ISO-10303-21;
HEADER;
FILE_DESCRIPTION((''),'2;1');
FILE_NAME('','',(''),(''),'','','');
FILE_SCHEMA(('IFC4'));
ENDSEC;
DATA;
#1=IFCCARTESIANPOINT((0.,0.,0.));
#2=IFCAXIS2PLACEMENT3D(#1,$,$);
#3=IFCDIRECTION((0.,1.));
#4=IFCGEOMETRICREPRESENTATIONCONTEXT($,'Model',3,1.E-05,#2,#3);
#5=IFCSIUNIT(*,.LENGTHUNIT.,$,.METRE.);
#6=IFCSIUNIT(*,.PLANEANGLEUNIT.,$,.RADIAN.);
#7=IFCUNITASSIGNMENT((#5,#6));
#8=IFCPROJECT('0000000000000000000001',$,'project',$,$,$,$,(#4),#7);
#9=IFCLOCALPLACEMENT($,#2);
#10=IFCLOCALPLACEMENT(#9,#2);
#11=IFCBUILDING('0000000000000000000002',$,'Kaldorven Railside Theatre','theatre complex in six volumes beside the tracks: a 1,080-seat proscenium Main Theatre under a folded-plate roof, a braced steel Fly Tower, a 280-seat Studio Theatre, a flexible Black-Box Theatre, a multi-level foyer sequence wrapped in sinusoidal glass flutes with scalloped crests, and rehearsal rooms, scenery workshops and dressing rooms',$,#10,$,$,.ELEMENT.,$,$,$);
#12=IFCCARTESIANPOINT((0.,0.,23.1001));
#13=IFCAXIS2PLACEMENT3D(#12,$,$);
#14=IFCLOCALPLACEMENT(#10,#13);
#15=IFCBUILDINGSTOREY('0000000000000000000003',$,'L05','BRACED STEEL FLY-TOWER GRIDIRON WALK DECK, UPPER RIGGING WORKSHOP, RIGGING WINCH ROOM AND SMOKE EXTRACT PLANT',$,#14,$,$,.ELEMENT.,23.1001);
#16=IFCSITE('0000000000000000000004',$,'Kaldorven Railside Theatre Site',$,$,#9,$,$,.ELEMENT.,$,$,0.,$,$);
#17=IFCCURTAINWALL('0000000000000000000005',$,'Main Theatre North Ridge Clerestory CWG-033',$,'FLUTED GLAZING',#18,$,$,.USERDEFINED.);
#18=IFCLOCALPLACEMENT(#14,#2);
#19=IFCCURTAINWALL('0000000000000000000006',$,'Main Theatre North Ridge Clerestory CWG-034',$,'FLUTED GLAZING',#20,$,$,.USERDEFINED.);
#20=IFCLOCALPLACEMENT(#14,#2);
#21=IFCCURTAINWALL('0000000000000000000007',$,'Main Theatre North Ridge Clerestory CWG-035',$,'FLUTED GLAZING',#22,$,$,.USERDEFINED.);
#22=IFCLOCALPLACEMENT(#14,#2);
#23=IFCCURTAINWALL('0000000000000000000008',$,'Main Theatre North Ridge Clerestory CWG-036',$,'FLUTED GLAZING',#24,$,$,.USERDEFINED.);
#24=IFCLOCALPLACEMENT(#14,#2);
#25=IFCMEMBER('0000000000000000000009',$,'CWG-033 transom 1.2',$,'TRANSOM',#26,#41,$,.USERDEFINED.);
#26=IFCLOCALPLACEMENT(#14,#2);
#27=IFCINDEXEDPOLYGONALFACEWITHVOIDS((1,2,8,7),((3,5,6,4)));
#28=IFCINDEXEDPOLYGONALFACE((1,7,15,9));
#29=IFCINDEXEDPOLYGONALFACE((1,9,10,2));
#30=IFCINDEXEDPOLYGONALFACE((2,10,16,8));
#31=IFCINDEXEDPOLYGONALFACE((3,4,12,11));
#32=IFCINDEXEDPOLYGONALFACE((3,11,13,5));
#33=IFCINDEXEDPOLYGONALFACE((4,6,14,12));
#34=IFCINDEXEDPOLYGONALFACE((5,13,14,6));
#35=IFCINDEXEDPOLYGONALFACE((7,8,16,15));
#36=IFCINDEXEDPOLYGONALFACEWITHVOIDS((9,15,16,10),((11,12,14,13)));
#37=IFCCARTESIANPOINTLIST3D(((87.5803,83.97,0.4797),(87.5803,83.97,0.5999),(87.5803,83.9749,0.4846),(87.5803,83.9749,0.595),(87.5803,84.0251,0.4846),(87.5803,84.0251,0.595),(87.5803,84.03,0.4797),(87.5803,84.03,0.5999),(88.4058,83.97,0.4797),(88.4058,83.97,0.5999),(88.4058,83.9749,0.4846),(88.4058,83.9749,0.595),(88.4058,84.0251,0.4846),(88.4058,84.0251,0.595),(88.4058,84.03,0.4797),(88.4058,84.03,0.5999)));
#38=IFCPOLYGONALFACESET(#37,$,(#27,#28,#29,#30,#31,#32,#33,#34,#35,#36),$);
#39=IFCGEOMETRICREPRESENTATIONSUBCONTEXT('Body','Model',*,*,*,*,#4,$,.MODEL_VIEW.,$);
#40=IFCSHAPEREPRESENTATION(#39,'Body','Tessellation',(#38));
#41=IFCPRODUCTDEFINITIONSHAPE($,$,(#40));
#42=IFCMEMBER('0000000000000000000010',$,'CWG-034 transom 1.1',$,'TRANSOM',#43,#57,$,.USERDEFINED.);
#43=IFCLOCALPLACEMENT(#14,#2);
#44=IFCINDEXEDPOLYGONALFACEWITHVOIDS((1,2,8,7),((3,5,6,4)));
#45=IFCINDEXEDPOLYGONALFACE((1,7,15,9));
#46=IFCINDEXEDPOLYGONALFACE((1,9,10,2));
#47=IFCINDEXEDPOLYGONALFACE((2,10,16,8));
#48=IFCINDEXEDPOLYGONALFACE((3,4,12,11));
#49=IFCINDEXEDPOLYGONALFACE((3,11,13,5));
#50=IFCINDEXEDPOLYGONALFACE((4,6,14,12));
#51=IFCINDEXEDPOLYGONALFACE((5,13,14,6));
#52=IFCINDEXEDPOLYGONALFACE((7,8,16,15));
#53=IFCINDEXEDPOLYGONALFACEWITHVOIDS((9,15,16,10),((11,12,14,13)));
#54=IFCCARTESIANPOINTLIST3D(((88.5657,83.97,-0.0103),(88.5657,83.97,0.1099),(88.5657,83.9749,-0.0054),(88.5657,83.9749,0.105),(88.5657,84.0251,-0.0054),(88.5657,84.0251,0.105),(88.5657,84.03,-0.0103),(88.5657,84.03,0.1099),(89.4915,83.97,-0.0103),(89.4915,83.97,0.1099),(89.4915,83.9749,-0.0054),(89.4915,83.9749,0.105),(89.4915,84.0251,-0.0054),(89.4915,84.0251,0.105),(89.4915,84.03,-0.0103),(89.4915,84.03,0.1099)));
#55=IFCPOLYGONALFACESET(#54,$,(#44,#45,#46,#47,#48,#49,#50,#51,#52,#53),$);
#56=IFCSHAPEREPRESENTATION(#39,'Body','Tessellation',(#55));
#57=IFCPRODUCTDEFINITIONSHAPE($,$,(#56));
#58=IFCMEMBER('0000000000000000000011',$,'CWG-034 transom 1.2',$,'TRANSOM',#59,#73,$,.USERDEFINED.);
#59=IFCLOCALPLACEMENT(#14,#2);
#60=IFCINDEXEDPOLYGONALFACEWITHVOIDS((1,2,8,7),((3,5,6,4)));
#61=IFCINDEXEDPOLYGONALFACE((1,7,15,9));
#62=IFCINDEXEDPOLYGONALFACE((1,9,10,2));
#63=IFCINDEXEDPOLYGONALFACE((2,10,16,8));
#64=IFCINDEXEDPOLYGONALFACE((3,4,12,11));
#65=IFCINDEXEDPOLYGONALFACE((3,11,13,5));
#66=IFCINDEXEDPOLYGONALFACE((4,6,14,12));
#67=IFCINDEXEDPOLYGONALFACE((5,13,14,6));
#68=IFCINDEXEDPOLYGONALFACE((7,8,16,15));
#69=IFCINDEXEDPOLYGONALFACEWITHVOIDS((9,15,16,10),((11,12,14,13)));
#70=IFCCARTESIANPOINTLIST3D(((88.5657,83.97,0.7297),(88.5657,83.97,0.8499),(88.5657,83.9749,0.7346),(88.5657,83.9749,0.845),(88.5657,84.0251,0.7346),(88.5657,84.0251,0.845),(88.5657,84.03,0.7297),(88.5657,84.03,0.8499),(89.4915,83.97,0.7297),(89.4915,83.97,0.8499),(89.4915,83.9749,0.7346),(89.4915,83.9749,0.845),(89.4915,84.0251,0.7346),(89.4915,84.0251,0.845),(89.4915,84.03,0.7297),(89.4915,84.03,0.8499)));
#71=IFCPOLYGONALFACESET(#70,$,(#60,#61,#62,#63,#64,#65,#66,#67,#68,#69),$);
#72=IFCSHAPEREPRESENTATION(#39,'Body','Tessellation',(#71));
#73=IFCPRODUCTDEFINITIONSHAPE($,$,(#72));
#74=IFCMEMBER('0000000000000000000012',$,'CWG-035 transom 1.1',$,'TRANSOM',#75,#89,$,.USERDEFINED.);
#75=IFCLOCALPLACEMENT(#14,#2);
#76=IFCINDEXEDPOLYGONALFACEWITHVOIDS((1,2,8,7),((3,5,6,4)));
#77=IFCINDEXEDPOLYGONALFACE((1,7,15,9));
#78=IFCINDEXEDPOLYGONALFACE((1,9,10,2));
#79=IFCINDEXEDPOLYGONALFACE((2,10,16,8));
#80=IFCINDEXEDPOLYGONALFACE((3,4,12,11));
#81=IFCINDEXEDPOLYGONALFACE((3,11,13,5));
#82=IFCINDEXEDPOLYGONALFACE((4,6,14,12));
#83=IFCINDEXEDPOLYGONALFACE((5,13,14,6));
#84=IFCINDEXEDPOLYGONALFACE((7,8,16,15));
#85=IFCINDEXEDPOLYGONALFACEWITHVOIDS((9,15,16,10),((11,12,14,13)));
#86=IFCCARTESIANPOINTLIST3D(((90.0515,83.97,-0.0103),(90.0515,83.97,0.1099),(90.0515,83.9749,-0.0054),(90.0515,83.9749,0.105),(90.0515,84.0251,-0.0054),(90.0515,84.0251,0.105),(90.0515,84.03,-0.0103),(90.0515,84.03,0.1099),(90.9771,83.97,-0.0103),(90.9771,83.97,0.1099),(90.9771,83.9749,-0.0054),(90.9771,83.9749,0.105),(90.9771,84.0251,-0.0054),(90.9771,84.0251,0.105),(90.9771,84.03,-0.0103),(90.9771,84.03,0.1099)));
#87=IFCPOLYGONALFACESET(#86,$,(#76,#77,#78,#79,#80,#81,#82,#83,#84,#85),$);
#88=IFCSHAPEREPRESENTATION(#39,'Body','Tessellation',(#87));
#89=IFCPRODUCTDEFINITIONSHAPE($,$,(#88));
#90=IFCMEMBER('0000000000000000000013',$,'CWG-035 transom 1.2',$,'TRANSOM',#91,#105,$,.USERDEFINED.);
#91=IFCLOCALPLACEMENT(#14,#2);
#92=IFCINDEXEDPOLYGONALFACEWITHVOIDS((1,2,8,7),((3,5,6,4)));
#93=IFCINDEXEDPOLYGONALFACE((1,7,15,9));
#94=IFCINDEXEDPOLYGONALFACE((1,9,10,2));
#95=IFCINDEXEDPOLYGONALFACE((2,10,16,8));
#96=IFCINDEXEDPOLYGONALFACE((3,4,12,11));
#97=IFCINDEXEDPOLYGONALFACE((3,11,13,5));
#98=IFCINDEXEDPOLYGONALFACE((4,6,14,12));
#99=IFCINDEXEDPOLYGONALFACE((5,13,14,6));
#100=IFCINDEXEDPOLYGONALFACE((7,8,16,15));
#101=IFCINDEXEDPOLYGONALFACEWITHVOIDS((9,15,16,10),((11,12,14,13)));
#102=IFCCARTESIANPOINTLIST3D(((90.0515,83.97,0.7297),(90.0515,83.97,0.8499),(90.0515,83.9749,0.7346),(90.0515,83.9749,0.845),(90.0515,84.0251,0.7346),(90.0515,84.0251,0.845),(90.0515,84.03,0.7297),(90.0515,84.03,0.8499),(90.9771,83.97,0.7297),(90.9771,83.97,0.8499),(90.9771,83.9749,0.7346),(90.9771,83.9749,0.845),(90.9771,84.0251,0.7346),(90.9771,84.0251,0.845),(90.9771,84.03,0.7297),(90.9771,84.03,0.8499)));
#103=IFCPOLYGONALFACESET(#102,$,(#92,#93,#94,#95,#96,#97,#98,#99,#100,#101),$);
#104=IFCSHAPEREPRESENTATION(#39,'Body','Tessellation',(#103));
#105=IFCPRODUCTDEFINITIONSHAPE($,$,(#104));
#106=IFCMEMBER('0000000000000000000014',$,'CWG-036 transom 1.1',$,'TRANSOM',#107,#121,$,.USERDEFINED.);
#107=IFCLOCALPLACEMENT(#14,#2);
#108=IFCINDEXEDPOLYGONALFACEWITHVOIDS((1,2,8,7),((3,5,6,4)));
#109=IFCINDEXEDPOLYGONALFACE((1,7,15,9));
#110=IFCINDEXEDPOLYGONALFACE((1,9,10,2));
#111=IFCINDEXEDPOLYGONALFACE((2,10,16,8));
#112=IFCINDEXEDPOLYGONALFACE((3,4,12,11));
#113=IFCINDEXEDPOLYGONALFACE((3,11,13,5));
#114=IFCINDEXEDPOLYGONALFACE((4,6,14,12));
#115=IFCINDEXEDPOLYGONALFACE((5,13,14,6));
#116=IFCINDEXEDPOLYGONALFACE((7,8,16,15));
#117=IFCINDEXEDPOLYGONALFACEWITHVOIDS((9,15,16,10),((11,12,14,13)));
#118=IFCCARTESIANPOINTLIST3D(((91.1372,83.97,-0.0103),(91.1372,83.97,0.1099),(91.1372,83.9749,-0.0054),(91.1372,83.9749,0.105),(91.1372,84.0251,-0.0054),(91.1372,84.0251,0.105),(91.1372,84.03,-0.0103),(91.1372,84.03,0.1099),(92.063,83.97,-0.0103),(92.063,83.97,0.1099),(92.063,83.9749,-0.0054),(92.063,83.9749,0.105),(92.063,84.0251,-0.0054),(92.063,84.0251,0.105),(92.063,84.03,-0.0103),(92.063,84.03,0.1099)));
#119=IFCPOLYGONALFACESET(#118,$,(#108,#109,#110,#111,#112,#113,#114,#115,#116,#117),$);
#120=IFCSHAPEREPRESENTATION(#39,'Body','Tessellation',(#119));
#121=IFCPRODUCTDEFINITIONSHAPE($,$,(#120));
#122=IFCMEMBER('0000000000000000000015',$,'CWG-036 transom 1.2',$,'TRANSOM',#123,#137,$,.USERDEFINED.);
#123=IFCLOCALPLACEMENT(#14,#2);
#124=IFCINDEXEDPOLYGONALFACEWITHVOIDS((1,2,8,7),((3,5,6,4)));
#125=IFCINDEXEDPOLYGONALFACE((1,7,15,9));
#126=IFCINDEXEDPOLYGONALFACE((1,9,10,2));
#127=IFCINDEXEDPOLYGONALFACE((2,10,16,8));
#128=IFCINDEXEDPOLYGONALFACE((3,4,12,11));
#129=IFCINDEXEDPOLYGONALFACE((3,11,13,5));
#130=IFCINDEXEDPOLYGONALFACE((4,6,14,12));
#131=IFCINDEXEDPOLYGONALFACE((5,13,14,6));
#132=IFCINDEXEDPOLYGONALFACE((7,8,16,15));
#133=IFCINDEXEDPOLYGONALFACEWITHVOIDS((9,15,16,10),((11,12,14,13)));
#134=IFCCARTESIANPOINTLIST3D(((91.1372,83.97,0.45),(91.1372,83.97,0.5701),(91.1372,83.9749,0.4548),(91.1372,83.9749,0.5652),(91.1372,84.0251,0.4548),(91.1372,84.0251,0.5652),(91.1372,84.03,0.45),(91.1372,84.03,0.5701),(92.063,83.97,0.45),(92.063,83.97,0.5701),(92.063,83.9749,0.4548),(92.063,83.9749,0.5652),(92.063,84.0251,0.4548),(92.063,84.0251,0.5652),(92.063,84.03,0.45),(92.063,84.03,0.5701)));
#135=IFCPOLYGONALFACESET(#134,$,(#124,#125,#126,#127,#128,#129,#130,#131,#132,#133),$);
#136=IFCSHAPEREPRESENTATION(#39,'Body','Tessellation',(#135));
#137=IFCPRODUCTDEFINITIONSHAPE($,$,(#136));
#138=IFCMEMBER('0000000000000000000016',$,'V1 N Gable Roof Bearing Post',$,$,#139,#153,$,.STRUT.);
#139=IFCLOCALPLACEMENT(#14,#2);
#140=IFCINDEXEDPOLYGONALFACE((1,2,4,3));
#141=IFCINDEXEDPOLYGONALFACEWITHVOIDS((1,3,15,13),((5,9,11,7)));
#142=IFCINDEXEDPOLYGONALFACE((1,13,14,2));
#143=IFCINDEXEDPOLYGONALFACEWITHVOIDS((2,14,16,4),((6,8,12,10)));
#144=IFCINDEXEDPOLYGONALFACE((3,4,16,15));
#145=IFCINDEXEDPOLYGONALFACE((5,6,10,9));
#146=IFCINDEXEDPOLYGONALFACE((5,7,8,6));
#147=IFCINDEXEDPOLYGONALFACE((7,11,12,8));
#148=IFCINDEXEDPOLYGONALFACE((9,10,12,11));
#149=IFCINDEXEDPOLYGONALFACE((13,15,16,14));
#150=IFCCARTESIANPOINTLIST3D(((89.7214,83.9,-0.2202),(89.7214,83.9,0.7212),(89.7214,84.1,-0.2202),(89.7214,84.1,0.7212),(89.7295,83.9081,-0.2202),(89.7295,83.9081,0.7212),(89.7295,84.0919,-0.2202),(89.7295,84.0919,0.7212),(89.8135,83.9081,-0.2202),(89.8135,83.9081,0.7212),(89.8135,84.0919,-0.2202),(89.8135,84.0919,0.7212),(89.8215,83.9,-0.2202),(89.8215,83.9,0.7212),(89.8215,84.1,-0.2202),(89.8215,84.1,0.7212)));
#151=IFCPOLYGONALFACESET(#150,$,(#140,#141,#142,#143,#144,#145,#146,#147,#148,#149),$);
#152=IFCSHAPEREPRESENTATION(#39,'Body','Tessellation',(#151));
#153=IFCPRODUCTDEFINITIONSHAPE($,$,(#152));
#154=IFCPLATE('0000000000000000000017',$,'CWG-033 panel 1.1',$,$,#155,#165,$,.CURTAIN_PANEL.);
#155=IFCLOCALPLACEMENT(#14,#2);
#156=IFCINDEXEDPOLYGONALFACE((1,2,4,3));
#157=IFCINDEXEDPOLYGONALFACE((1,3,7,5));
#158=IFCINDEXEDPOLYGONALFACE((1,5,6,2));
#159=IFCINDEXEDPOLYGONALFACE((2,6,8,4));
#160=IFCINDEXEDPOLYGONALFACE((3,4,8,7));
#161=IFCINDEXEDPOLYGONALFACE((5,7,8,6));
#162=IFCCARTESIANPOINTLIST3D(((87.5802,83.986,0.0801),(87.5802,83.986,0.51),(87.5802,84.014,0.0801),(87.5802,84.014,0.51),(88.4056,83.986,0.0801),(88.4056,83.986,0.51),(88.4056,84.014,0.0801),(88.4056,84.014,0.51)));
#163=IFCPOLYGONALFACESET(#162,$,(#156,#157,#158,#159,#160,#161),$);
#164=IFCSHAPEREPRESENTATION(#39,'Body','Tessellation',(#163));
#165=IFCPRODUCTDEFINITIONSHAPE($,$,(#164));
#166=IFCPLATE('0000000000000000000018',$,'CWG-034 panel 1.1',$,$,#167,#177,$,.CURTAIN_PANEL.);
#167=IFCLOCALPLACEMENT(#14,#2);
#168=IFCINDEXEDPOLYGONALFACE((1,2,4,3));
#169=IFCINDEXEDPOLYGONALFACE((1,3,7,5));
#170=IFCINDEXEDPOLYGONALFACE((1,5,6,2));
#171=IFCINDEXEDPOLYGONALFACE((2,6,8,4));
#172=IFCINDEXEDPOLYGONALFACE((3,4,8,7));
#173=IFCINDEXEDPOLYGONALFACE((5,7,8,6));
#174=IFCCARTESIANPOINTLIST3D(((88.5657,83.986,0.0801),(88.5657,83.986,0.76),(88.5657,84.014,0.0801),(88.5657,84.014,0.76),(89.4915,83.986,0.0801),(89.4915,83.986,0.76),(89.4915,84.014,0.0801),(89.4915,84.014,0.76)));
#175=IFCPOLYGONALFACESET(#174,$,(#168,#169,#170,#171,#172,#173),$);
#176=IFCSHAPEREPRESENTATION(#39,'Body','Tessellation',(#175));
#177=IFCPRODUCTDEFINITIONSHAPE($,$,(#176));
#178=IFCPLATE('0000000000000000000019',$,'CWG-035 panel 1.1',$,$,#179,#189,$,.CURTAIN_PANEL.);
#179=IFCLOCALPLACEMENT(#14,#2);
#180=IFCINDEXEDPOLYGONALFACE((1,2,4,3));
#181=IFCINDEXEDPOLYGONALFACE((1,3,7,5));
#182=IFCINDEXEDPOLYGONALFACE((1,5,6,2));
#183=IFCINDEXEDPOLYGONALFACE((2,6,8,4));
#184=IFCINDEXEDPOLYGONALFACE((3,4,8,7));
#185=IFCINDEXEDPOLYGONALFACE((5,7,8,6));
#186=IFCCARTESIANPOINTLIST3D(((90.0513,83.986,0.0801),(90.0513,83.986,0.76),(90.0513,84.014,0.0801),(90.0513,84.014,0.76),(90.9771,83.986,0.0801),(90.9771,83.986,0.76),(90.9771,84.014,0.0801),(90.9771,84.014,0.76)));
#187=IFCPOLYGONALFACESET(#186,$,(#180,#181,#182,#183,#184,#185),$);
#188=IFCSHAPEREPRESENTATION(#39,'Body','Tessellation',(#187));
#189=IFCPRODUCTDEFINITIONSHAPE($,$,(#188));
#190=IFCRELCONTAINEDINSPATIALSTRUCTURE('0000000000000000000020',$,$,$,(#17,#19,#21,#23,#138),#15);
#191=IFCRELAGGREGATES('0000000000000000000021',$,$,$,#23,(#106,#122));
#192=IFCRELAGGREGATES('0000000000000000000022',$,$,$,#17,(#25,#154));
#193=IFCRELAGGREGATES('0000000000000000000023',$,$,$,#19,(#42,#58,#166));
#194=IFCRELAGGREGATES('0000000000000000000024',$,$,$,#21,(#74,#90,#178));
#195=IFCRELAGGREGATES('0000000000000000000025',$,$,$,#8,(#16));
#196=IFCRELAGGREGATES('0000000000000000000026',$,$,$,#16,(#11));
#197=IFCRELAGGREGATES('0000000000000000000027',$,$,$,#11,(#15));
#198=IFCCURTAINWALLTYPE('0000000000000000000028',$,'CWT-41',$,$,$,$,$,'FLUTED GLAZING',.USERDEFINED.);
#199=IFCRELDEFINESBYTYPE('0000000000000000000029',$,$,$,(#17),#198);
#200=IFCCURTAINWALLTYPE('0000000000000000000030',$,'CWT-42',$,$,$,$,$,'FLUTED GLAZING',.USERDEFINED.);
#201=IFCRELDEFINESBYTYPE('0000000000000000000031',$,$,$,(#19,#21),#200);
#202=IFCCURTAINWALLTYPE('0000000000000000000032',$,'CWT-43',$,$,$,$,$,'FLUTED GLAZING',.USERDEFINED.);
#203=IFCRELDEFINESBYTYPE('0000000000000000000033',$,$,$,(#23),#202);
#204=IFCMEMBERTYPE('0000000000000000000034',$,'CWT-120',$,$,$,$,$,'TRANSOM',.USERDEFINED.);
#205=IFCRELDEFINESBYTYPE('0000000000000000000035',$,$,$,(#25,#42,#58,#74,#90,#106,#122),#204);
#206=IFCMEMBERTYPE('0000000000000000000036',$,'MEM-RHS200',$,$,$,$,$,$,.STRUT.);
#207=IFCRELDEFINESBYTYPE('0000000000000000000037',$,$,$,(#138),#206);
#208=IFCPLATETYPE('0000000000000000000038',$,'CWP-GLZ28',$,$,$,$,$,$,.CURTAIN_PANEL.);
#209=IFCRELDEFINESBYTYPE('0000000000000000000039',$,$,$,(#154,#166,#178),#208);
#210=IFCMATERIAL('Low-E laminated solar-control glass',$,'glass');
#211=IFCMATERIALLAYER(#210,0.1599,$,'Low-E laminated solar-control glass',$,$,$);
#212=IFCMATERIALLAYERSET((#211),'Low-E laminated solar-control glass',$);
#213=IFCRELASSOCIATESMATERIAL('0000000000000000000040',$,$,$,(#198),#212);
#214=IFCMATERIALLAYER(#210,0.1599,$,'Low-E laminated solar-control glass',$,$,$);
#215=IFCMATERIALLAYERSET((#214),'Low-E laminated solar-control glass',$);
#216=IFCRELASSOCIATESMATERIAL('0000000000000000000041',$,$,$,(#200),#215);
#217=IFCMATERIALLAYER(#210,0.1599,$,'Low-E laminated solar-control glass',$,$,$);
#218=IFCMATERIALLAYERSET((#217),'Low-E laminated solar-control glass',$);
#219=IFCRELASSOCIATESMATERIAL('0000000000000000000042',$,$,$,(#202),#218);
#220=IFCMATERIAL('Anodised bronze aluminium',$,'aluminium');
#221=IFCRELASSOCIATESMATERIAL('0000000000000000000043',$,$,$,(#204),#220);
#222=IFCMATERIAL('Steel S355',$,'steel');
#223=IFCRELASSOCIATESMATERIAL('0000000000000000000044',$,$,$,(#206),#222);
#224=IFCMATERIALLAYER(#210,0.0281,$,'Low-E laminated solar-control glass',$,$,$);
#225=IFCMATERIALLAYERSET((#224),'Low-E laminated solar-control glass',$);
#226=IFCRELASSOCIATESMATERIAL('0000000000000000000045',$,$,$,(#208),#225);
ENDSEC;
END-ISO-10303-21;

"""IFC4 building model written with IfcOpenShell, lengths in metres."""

from ifc_helpers import new_model, si_unit, direction, frame, origin, origin_2d, place, context, subcontext, project, spatial, rectangle, hollow_rectangle, extrude, material, layer, layer_set, material_profile, profile_set, type_object, element, aggregate, save


model = new_model("IFC4")

# Units and contexts
model_context = context("Model", 3, precision=1e-05, world=origin(), true_north=direction((0.0, 1.0)))
body_context = subcontext(model_context, "Body", "Model", "MODEL_VIEW")
ifc_project = project(units=[si_unit("LENGTHUNIT", "METRE"), si_unit("PLANEANGLEUNIT", "RADIAN")], contexts=[model_context])

# Site, building, storey
site_placement = place(None, origin())
site = spatial("IfcSite", under=ifc_project, at=site_placement, Name="Kaldorven Railside Theatre Site", CompositionType="ELEMENT", RefElevation=0.0)
building_placement = place(site_placement, origin())
building = spatial("IfcBuilding", under=site, at=building_placement, Name="Kaldorven Railside Theatre", Description="theatre complex in six volumes beside the tracks: a 1,080-seat proscenium Main Theatre under a folded-plate roof, a braced steel Fly Tower, a 280-seat Studio Theatre, a flexible Black-Box Theatre, a multi-level foyer sequence wrapped in sinusoidal glass flutes with scalloped crests, and rehearsal rooms, scenery workshops and dressing rooms", CompositionType="ELEMENT")
storey_placement = place(building_placement, frame((0.0, 0.0, 23.1001)))
storey = spatial("IfcBuildingStorey", under=building, at=storey_placement, Name="L05", Description="BRACED STEEL FLY-TOWER GRIDIRON WALK DECK, UPPER RIGGING WORKSHOP, RIGGING WINCH ROOM AND SMOKE EXTRACT PLANT", CompositionType="ELEMENT", Elevation=23.1001)

# Shared definitions
ifc_material_1 = material(Name="Steel S355", Category="steel")

# Curtain walls
ifc_material_2 = material(Name="Low-E laminated solar-control glass", Category="glass")
ifc_layer_1 = layer(ifc_material_2, 0.1599, Name="Low-E laminated solar-control glass")
ifc_layer_set_1 = layer_set([ifc_layer_1], Name="Low-E laminated solar-control glass")
curtain_wall_type_1 = type_object("IfcCurtainWallType", Name="CWT-41", ElementType="FLUTED GLAZING", PredefinedType="USERDEFINED", material=ifc_layer_set_1)
curtain_wall_1_placement = place(storey_placement, origin())
curtain_wall_1 = element("IfcCurtainWall", 1, at=curtain_wall_1_placement, inside=storey, type_object=curtain_wall_type_1, Name="Main Theatre North Ridge Clerestory CWG-033", ObjectType="FLUTED GLAZING", PredefinedType="USERDEFINED")
ifc_material_3 = material(Name="Anodised bronze aluminium", Category="aluminium")
ifc_layer_2 = layer(ifc_material_2, 0.1599, Name="Low-E laminated solar-control glass")
ifc_layer_set_2 = layer_set([ifc_layer_2], Name="Low-E laminated solar-control glass")
curtain_wall_type_2 = type_object("IfcCurtainWallType", Name="CWT-42", ElementType="FLUTED GLAZING", PredefinedType="USERDEFINED", material=ifc_layer_set_2)
curtain_wall_2_placement = place(storey_placement, origin())
curtain_wall_2 = element("IfcCurtainWall", 2, at=curtain_wall_2_placement, inside=storey, type_object=curtain_wall_type_2, Name="Main Theatre North Ridge Clerestory CWG-034", ObjectType="FLUTED GLAZING", PredefinedType="USERDEFINED")
curtain_wall_3_placement = place(storey_placement, origin())
curtain_wall_3 = element("IfcCurtainWall", 3, at=curtain_wall_3_placement, inside=storey, type_object=curtain_wall_type_2, Name="Main Theatre North Ridge Clerestory CWG-035", ObjectType="FLUTED GLAZING", PredefinedType="USERDEFINED")

# Curtain wall
ifc_layer_3 = layer(ifc_material_2, 0.1599, Name="Low-E laminated solar-control glass")
ifc_layer_set_3 = layer_set([ifc_layer_3], Name="Low-E laminated solar-control glass")
curtain_wall_type_3 = type_object("IfcCurtainWallType", Name="CWT-43", ElementType="FLUTED GLAZING", PredefinedType="USERDEFINED", material=ifc_layer_set_3)
curtain_wall_4_placement = place(storey_placement, origin())
curtain_wall_4 = element("IfcCurtainWall", 4, at=curtain_wall_4_placement, inside=storey, type_object=curtain_wall_type_3, Name="Main Theatre North Ridge Clerestory CWG-036", ObjectType="FLUTED GLAZING", PredefinedType="USERDEFINED")

# Members
ifc_material_profile_1 = material_profile(ifc_material_3, hollow_rectangle(XDim=0.0601, YDim=0.1201, WallThickness=0.0049, at=origin_2d()), Name="RHS 120x60x5")
ifc_profile_set_1 = profile_set([ifc_material_profile_1], Name="Anodised bronze aluminium")
member_type_1 = type_object("IfcMemberType", Name="CWT-120", ElementType="TRANSOM", PredefinedType="USERDEFINED", material=ifc_profile_set_1)
member_1_placement = place(storey_placement, frame((87.5803, 84.0, 0.5398), z_axis=(1.0, 0.0, 0.0), x_axis=(0.0, 1.0, 0.0)))
member_1 = element("IfcMember", 5, at=member_1_placement, type_object=member_type_1, Name="CWG-033 transom 1.2", ObjectType="TRANSOM", PredefinedType="USERDEFINED", context=body_context, shape_type="SweptSolid", body=[
    extrude(hollow_rectangle(XDim=0.0601, YDim=0.1201, WallThickness=0.0049, at=origin_2d()), origin(), (0.0, 0.0, 1.0), 0.8254),
])
member_2_placement = place(storey_placement, frame((88.5657, 84.0, 0.0498), z_axis=(1.0, 0.0, 0.0), x_axis=(0.0, 1.0, 0.0)))
member_2 = element("IfcMember", 6, at=member_2_placement, type_object=member_type_1, Name="CWG-034 transom 1.1", ObjectType="TRANSOM", PredefinedType="USERDEFINED", context=body_context, shape_type="SweptSolid", body=[
    extrude(hollow_rectangle(XDim=0.0601, YDim=0.1201, WallThickness=0.0049, at=origin_2d()), origin(), (0.0, 0.0, 1.0), 0.9258),
])
member_3_placement = place(storey_placement, frame((88.5657, 84.0, 0.7898), z_axis=(1.0, 0.0, 0.0), x_axis=(0.0, 1.0, 0.0)))
member_3 = element("IfcMember", 7, at=member_3_placement, type_object=member_type_1, Name="CWG-034 transom 1.2", ObjectType="TRANSOM", PredefinedType="USERDEFINED", context=body_context, shape_type="SweptSolid", body=[
    extrude(hollow_rectangle(XDim=0.0601, YDim=0.1201, WallThickness=0.0049, at=origin_2d()), origin(), (0.0, 0.0, 1.0), 0.9258),
])
member_4_placement = place(storey_placement, frame((90.0515, 84.0, 0.0498), z_axis=(1.0, 0.0, 0.0), x_axis=(0.0, 1.0, 0.0)))
member_4 = element("IfcMember", 8, at=member_4_placement, type_object=member_type_1, Name="CWG-035 transom 1.1", ObjectType="TRANSOM", PredefinedType="USERDEFINED", context=body_context, shape_type="SweptSolid", body=[
    extrude(hollow_rectangle(XDim=0.0601, YDim=0.1201, WallThickness=0.0049, at=origin_2d()), origin(), (0.0, 0.0, 1.0), 0.9255),
])
member_5_placement = place(storey_placement, frame((90.0515, 84.0, 0.7898), z_axis=(1.0, 0.0, 0.0), x_axis=(0.0, 1.0, 0.0)))
member_5 = element("IfcMember", 9, at=member_5_placement, type_object=member_type_1, Name="CWG-035 transom 1.2", ObjectType="TRANSOM", PredefinedType="USERDEFINED", context=body_context, shape_type="SweptSolid", body=[
    extrude(hollow_rectangle(XDim=0.0601, YDim=0.1201, WallThickness=0.0049, at=origin_2d()), origin(), (0.0, 0.0, 1.0), 0.9255),
])
member_6_placement = place(storey_placement, frame((91.1372, 84.0, 0.0498), z_axis=(1.0, 0.0, 0.0), x_axis=(0.0, 1.0, 0.0)))
member_6 = element("IfcMember", 10, at=member_6_placement, type_object=member_type_1, Name="CWG-036 transom 1.1", ObjectType="TRANSOM", PredefinedType="USERDEFINED", context=body_context, shape_type="SweptSolid", body=[
    extrude(hollow_rectangle(XDim=0.0601, YDim=0.1201, WallThickness=0.0049, at=origin_2d()), origin(), (0.0, 0.0, 1.0), 0.9258),
])
member_7_placement = place(storey_placement, frame((91.1372, 84.0, 0.51), z_axis=(1.0, 0.0, 0.0), x_axis=(0.0, 1.0, 0.0)))
member_7 = element("IfcMember", 11, at=member_7_placement, type_object=member_type_1, Name="CWG-036 transom 1.2", ObjectType="TRANSOM", PredefinedType="USERDEFINED", context=body_context, shape_type="SweptSolid", body=[
    extrude(hollow_rectangle(XDim=0.0601, YDim=0.1201, WallThickness=0.0049, at=origin_2d()), origin(), (0.0, 0.0, 1.0), 0.9258),
])
aggregate(curtain_wall_4, [member_6, member_7])
ifc_material_profile_2 = material_profile(ifc_material_1, hollow_rectangle(XDim=0.1001, YDim=0.2, WallThickness=0.0081, at=origin_2d()), Name="RHS 200x100x8")
ifc_profile_set_2 = profile_set([ifc_material_profile_2], Name="Steel S355")
member_type_2 = type_object("IfcMemberType", Name="MEM-RHS200", PredefinedType="STRUT", material=ifc_profile_set_2)
member_8_placement = place(storey_placement, frame((89.7715, 84.0, -0.2202), z_axis=(0.0, 0.0, 1.0), x_axis=(1.0, 0.0, 0.0)))
element("IfcMember", 12, at=member_8_placement, inside=storey, type_object=member_type_2, Name="V1 N Gable Roof Bearing Post", PredefinedType="STRUT", context=body_context, shape_type="SweptSolid", body=[
    extrude(hollow_rectangle(XDim=0.1001, YDim=0.2, WallThickness=0.0081, at=origin_2d()), origin(), (0.0, 0.0, 1.0), 0.9414),
])

# Plates
ifc_layer_4 = layer(ifc_material_2, 0.0281, Name="Low-E laminated solar-control glass")
ifc_layer_set_4 = layer_set([ifc_layer_4], Name="Low-E laminated solar-control glass")
plate_type_1 = type_object("IfcPlateType", Name="CWP-GLZ28", PredefinedType="CURTAIN_PANEL", material=ifc_layer_set_4)
plate_1_placement = place(storey_placement, frame((87.9929, 84.0, 0.0801), z_axis=(0.0, 0.0, 1.0), x_axis=(1.0, 0.0, 0.0)))
plate_1 = element("IfcPlate", 13, at=plate_1_placement, type_object=plate_type_1, Name="CWG-033 panel 1.1", PredefinedType="CURTAIN_PANEL", context=body_context, shape_type="SweptSolid", body=[
    extrude(rectangle(XDim=0.8254, YDim=0.0281, at=origin_2d()), origin(), (0.0, 0.0, 1.0), 0.4299),
])
aggregate(curtain_wall_1, [member_1, plate_1])
plate_2_placement = place(storey_placement, frame((89.0286, 84.0, 0.0801), z_axis=(0.0, 0.0, 1.0), x_axis=(1.0, 0.0, 0.0)))
plate_2 = element("IfcPlate", 14, at=plate_2_placement, type_object=plate_type_1, Name="CWG-034 panel 1.1", PredefinedType="CURTAIN_PANEL", context=body_context, shape_type="SweptSolid", body=[
    extrude(rectangle(XDim=0.9258, YDim=0.0281, at=origin_2d()), origin(), (0.0, 0.0, 1.0), 0.6799),
])
aggregate(curtain_wall_2, [member_2, member_3, plate_2])
plate_3_placement = place(storey_placement, frame((90.5142, 84.0, 0.0801), z_axis=(0.0, 0.0, 1.0), x_axis=(1.0, 0.0, 0.0)))
plate_3 = element("IfcPlate", 15, at=plate_3_placement, type_object=plate_type_1, Name="CWG-035 panel 1.1", PredefinedType="CURTAIN_PANEL", context=body_context, shape_type="SweptSolid", body=[
    extrude(rectangle(XDim=0.9258, YDim=0.0281, at=origin_2d()), origin(), (0.0, 0.0, 1.0), 0.6799),
])
aggregate(curtain_wall_3, [member_4, member_5, plate_3])

save(model, "model.ifc")
